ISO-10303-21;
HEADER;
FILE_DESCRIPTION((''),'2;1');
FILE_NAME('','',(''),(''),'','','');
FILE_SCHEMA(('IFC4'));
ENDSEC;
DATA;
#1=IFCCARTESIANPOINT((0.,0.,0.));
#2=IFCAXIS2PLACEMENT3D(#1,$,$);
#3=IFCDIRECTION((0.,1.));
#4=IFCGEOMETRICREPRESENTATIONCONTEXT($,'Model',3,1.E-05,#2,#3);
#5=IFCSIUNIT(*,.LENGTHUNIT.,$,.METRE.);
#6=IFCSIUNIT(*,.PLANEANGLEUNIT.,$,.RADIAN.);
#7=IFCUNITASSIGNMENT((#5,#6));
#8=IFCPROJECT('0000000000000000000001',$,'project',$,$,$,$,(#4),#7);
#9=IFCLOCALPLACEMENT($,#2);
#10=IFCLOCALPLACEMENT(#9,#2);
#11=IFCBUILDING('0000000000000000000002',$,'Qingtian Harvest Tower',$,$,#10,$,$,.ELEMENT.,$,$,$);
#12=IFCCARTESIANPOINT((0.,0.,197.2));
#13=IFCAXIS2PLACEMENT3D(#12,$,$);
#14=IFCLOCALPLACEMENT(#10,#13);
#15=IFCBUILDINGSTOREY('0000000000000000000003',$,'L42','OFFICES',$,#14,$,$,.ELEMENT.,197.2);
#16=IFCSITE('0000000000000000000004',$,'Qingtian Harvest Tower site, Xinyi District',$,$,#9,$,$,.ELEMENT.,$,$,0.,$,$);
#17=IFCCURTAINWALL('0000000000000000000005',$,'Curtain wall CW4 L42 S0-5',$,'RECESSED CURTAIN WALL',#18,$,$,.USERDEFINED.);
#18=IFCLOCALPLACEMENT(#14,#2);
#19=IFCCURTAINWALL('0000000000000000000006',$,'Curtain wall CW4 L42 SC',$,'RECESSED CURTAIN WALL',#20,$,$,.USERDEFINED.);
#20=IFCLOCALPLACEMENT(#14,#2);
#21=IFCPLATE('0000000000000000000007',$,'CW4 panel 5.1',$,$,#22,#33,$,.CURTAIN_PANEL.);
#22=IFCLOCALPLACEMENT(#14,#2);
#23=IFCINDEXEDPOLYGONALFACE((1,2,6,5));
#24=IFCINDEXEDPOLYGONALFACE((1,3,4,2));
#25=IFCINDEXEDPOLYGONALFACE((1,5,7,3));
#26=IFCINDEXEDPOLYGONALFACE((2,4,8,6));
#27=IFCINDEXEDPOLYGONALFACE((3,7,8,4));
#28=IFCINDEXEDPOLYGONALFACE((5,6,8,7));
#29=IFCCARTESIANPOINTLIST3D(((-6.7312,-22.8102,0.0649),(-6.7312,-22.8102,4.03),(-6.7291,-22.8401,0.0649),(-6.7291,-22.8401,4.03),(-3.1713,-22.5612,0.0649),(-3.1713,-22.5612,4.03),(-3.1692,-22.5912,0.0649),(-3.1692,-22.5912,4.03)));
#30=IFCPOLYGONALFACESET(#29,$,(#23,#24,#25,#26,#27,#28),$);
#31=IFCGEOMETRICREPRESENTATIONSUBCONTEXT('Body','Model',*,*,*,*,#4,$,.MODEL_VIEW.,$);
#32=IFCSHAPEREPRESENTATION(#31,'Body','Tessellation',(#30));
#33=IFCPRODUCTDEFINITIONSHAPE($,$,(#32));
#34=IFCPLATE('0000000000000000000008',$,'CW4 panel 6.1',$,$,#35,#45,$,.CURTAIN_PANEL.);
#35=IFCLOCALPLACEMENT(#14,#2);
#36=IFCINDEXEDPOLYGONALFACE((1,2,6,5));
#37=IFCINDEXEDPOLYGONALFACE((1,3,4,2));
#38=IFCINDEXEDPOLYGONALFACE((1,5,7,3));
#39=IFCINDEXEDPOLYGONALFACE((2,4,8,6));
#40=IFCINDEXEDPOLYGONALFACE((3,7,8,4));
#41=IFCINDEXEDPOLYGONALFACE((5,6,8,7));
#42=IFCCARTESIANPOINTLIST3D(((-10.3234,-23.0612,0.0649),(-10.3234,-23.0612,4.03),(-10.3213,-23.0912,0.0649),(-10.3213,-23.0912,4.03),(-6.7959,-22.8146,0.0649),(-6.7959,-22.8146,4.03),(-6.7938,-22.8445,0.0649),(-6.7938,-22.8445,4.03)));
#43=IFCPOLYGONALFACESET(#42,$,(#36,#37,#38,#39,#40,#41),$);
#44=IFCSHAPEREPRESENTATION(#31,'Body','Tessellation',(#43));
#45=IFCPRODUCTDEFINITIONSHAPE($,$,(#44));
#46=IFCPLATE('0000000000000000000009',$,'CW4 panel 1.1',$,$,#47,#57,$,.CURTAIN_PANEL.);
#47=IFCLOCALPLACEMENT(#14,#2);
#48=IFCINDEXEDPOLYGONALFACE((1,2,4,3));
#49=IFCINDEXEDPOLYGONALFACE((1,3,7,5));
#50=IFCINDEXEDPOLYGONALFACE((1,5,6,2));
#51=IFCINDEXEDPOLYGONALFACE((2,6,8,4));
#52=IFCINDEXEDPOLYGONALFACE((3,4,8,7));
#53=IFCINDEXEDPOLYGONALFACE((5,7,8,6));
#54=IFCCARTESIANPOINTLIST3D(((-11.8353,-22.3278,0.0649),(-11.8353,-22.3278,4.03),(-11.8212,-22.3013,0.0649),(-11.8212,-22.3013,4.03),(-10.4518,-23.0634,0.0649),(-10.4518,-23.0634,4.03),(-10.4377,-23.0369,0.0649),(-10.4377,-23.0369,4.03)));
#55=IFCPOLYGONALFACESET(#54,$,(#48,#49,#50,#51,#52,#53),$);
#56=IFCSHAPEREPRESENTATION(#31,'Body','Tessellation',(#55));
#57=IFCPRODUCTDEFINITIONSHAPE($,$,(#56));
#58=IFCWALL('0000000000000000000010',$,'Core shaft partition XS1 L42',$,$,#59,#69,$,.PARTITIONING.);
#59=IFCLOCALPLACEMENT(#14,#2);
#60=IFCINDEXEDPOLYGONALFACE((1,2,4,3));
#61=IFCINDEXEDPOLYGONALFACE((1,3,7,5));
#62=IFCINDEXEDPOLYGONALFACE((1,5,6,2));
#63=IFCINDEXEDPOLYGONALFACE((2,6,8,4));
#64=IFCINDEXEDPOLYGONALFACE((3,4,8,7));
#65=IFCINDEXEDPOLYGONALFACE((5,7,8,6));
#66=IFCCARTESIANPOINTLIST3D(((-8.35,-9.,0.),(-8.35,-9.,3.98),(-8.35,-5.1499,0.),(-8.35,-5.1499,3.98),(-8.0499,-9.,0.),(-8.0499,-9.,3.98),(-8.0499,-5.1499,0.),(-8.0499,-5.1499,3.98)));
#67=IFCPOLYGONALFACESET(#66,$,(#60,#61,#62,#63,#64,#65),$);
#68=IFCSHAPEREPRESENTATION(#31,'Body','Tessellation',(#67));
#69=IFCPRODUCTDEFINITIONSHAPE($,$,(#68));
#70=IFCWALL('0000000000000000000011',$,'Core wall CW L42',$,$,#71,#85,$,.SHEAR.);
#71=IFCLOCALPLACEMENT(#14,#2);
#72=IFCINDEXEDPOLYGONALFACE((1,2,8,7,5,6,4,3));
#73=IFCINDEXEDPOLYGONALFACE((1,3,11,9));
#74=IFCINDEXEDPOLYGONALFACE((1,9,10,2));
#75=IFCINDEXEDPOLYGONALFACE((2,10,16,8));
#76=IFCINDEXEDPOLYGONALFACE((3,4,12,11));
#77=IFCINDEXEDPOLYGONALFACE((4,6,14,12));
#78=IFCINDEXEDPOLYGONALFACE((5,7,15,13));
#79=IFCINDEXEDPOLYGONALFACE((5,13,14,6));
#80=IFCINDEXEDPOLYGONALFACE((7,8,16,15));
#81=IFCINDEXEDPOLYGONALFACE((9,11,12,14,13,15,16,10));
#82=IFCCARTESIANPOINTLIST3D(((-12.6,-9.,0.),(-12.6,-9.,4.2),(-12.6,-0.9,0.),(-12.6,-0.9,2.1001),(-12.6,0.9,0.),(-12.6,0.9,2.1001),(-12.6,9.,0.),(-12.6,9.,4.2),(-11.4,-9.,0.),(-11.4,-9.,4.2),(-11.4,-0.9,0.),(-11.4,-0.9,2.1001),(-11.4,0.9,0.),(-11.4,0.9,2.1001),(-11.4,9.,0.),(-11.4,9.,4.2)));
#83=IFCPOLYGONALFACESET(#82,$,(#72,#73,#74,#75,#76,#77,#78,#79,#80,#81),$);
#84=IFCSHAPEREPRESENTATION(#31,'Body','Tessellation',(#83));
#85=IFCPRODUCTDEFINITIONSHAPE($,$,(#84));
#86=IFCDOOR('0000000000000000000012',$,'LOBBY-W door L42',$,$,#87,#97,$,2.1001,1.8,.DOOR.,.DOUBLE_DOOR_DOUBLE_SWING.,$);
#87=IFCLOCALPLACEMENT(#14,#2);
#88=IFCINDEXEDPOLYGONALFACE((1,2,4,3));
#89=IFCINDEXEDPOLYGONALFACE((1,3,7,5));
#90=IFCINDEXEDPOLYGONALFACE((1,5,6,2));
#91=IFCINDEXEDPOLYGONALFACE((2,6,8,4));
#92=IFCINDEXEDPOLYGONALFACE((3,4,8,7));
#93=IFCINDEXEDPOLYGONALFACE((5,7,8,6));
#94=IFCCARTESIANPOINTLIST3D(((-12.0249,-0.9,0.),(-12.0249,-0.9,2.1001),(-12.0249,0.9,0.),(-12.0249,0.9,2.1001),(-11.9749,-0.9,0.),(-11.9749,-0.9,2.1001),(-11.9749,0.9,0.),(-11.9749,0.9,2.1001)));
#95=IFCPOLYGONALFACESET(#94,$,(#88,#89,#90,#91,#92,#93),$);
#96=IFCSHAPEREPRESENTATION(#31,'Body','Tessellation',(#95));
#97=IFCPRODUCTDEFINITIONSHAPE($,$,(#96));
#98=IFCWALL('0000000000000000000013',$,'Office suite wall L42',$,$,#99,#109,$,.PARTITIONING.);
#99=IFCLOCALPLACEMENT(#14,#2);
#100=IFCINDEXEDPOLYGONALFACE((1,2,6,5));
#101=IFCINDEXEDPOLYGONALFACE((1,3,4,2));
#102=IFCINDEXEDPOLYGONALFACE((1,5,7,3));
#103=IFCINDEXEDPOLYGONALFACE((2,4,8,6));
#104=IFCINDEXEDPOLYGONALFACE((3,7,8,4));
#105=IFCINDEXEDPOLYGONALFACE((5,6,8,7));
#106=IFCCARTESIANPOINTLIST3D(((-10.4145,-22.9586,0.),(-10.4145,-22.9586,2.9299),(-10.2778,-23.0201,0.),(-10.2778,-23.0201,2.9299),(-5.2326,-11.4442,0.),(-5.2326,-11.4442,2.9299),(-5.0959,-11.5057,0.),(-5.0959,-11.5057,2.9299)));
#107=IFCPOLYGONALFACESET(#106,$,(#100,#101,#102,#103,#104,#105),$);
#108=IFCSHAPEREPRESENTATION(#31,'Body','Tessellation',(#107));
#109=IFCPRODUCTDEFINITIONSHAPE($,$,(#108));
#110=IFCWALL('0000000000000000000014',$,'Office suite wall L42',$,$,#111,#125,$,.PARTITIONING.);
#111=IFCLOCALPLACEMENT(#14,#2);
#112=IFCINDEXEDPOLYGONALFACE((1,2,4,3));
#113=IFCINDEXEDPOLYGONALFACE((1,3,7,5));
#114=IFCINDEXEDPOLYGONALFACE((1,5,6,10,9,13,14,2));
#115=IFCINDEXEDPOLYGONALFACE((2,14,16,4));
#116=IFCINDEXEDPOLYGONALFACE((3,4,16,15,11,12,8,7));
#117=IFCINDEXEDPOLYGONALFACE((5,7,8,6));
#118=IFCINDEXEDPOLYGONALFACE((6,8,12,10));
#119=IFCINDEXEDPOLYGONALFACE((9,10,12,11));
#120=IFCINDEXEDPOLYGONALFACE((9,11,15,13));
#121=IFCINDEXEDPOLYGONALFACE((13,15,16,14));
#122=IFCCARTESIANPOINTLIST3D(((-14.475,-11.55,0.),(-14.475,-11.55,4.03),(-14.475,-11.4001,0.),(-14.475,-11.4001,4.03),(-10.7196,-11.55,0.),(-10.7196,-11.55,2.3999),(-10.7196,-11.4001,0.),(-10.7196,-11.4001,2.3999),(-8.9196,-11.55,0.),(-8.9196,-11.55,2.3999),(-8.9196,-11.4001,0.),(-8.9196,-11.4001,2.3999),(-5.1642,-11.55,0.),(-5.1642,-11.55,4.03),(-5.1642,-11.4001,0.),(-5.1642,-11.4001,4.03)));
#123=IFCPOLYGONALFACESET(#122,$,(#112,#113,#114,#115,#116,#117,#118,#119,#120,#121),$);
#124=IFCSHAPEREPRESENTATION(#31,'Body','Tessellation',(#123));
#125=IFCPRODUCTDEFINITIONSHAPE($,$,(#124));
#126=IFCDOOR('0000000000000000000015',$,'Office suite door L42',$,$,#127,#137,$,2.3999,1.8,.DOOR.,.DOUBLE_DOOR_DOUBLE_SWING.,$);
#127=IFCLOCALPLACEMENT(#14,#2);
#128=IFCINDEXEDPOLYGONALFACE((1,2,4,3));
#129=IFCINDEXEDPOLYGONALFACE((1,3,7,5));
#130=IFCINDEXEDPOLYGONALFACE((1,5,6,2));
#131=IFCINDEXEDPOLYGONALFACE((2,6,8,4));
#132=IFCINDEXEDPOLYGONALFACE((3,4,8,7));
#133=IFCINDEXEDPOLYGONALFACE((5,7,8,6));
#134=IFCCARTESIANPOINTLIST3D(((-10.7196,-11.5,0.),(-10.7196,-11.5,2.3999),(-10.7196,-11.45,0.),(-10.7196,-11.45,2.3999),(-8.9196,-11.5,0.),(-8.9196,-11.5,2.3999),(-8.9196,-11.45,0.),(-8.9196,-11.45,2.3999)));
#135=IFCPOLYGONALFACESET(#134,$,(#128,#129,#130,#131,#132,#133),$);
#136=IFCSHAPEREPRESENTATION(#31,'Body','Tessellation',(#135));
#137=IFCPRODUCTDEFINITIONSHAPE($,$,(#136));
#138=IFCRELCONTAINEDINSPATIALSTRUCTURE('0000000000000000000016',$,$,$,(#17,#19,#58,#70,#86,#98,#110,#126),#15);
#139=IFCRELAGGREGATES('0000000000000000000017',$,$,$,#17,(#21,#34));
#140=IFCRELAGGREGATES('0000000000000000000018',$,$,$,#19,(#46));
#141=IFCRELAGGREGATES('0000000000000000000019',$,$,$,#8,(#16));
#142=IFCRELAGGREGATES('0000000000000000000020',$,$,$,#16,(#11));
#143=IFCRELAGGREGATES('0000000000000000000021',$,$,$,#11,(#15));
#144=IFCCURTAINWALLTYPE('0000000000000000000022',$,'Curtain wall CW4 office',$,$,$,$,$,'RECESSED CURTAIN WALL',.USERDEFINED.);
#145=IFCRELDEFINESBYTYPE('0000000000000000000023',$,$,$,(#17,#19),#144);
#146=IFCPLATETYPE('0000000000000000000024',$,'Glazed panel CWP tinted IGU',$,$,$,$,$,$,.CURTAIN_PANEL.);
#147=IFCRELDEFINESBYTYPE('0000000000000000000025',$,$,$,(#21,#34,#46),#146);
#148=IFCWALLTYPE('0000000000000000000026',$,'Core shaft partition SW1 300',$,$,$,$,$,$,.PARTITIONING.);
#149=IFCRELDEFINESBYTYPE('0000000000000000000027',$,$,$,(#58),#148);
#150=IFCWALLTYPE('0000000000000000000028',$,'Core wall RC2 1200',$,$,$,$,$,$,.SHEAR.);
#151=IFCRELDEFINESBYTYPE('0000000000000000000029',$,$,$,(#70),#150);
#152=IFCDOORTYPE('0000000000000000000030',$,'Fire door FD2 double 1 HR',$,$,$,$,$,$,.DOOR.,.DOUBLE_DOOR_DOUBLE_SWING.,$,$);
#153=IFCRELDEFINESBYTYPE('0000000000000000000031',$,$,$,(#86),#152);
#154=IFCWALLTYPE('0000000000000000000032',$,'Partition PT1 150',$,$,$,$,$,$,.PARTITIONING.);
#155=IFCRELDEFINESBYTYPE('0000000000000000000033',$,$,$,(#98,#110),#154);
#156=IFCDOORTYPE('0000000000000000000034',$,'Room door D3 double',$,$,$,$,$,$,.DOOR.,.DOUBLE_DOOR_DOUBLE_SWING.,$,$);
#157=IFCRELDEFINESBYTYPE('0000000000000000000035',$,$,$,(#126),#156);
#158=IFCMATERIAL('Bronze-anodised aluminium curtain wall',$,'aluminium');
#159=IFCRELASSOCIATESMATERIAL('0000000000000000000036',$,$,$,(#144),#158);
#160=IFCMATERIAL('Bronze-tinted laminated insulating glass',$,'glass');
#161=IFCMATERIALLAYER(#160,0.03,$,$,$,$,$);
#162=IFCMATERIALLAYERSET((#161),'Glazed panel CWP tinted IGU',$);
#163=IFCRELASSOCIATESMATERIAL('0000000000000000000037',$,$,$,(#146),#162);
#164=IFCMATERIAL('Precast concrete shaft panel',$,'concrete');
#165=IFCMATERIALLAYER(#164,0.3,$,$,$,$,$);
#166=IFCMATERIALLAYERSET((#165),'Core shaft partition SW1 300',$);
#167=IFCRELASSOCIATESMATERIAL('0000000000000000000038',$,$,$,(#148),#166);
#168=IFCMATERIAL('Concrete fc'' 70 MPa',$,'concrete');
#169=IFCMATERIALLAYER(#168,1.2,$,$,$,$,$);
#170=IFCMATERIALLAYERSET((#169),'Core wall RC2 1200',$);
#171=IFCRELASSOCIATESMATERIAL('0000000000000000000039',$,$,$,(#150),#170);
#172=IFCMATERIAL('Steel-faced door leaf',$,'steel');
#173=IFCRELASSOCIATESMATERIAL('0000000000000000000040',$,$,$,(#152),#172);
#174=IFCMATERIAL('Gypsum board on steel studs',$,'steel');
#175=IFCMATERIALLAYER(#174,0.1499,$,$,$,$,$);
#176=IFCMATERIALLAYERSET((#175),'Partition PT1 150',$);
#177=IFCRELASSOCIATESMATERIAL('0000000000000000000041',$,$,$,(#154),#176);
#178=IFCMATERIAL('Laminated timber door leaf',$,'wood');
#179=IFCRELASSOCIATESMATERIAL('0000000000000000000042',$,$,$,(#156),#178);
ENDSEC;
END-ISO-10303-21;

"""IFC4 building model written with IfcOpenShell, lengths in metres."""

from ifc_helpers import new_model, si_unit, direction, frame, frame_2d, origin, origin_2d, place, context, subcontext, project, spatial, rectangle, extrude, material, layer, layer_set, type_object, element, fill, aggregate, save


model = new_model("IFC4")

# Units and contexts
model_context = context("Model", 3, precision=1e-05, world=origin(), true_north=direction((0.0, 1.0)))
body_context = subcontext(model_context, "Body", "Model", "MODEL_VIEW")
ifc_project = project(units=[si_unit("LENGTHUNIT", "METRE"), si_unit("PLANEANGLEUNIT", "RADIAN")], contexts=[model_context])

# Site, building, storey
site_placement = place(None, origin())
site = spatial("IfcSite", under=ifc_project, at=site_placement, Name="Qingtian Harvest Tower site, Xinyi District", CompositionType="ELEMENT", RefElevation=0.0)
building_placement = place(site_placement, origin())
building = spatial("IfcBuilding", under=site, at=building_placement, Name="Qingtian Harvest Tower", CompositionType="ELEMENT")
storey_placement = place(building_placement, frame((0.0, 0.0, 197.2)))
storey = spatial("IfcBuildingStorey", under=building, at=storey_placement, Name="L42", Description="OFFICES", CompositionType="ELEMENT", Elevation=197.2)

# Curtain walls
ifc_material_1 = material(Name="Bronze-anodised aluminium curtain wall", Category="aluminium")
curtain_wall_type = type_object("IfcCurtainWallType", Name="Curtain wall CW4 office", ElementType="RECESSED CURTAIN WALL", PredefinedType="USERDEFINED", material=ifc_material_1)
curtain_wall_1_placement = place(storey_placement, origin())
curtain_wall_1 = element("IfcCurtainWall", 1, at=curtain_wall_1_placement, inside=storey, type_object=curtain_wall_type, Name="Curtain wall CW4 L42 S0-5", ObjectType="RECESSED CURTAIN WALL", PredefinedType="USERDEFINED")
curtain_wall_2_placement = place(storey_placement, origin())
curtain_wall_2 = element("IfcCurtainWall", 2, at=curtain_wall_2_placement, inside=storey, type_object=curtain_wall_type, Name="Curtain wall CW4 L42 SC", ObjectType="RECESSED CURTAIN WALL", PredefinedType="USERDEFINED")

# Plates
ifc_material_2 = material(Name="Bronze-tinted laminated insulating glass", Category="glass")
ifc_layer_1 = layer(ifc_material_2, 0.03)
ifc_layer_set_1 = layer_set([ifc_layer_1], Name="Glazed panel CWP tinted IGU")
plate_type = type_object("IfcPlateType", Name="Glazed panel CWP tinted IGU", PredefinedType="CURTAIN_PANEL", material=ifc_layer_set_1)
plate_1_placement = place(storey_placement, frame((-4.9502, -22.7007, 0.0649), z_axis=(0.0, 0.0, 1.0), x_axis=(-0.997564, -0.069756, 0.0)))
plate_1 = element("IfcPlate", 3, at=plate_1_placement, type_object=plate_type, Name="CW4 panel 5.1", PredefinedType="CURTAIN_PANEL", context=body_context, shape_type="SweptSolid", body=[
    extrude(rectangle(XDim=3.5686, YDim=0.03, at=origin_2d()), origin(), (0.0, 0.0, 1.0), 3.9651),
])
plate_2_placement = place(storey_placement, frame((-8.5586, -22.9529, 0.0649), z_axis=(0.0, 0.0, 1.0), x_axis=(-0.997564, -0.069756, 0.0)))
plate_2 = element("IfcPlate", 4, at=plate_2_placement, type_object=plate_type, Name="CW4 panel 6.1", PredefinedType="CURTAIN_PANEL", context=body_context, shape_type="SweptSolid", body=[
    extrude(rectangle(XDim=3.5361, YDim=0.03, at=origin_2d()), origin(), (0.0, 0.0, 1.0), 3.9651),
])
aggregate(curtain_wall_1, [plate_1, plate_2])
plate_3_placement = place(storey_placement, frame((-11.1365, -22.6824, 0.0649), z_axis=(0.0, 0.0, 1.0), x_axis=(-0.882948, 0.469472, 0.0)))
plate_3 = element("IfcPlate", 5, at=plate_3_placement, type_object=plate_type, Name="CW4 panel 1.1", PredefinedType="CURTAIN_PANEL", context=body_context, shape_type="SweptSolid", body=[
    extrude(rectangle(XDim=1.5669, YDim=0.03, at=origin_2d()), origin(), (0.0, 0.0, 1.0), 3.9651),
])
aggregate(curtain_wall_2, [plate_3])

# Wall
ifc_material_3 = material(Name="Precast concrete shaft panel", Category="concrete")
ifc_layer_2 = layer(ifc_material_3, 0.3)
ifc_layer_set_2 = layer_set([ifc_layer_2], Name="Core shaft partition SW1 300")
wall_type_1 = type_object("IfcWallType", Name="Core shaft partition SW1 300", PredefinedType="PARTITIONING", material=ifc_layer_set_2)
wall_1_placement = place(storey_placement, frame((-8.2, -9.0, 0.0), z_axis=(0.0, 0.0, 1.0), x_axis=(0.0, 1.0, 0.0)))
element("IfcWall", 6, at=wall_1_placement, inside=storey, type_object=wall_type_1, Name="Core shaft partition XS1 L42", PredefinedType="PARTITIONING", context=body_context, shape_type="SweptSolid", body=[
    extrude(rectangle(XDim=3.8501, YDim=0.3, at=frame_2d((1.925, 0.0))), origin(), (0.0, 0.0, 1.0), 3.98),
])

# Wall, opening, door
ifc_material_4 = material(Name="Concrete fc' 70 MPa", Category="concrete")
ifc_layer_3 = layer(ifc_material_4, 1.2)
ifc_layer_set_3 = layer_set([ifc_layer_3], Name="Core wall RC2 1200")
wall_type_2 = type_object("IfcWallType", Name="Core wall RC2 1200", PredefinedType="SHEAR", material=ifc_layer_set_3)
wall_2_placement = place(storey_placement, frame((-12.0, -9.0, 0.0), z_axis=(0.0, 0.0, 1.0), x_axis=(0.0, 1.0, 0.0)))
wall_2 = element("IfcWall", 7, at=wall_2_placement, inside=storey, type_object=wall_type_2, Name="Core wall CW L42", PredefinedType="SHEAR", context=body_context, shape_type="SweptSolid", body=[
    extrude(rectangle(XDim=18.0, YDim=1.2, at=frame_2d((9.0, 0.0))), origin(), (0.0, 0.0, 1.0), 4.2),
])
opening_1_placement = place(wall_2_placement, frame((8.1001, 0.0, 0.0)))
opening_1 = element("IfcOpeningElement", 8, at=opening_1_placement, cuts=wall_2, PredefinedType="OPENING", context=body_context, shape_type="SweptSolid", body=[
    extrude(rectangle(XDim=1.8, YDim=2.1001, at=frame_2d((0.8999, 1.05))), frame((0.0, 0.6099, 0.0), z_axis=(0.0, -1.0, 0.0), x_axis=(1.0, 0.0, 0.0)), (0.0, 0.0, 1.0), 1.22),
])
ifc_material_5 = material(Name="Steel-faced door leaf", Category="steel")
door_type_1 = type_object("IfcDoorType", Name="Fire door FD2 double 1 HR", OperationType="DOUBLE_DOOR_DOUBLE_SWING", PredefinedType="DOOR", material=ifc_material_5)
door_1_placement = place(opening_1_placement, origin())
door_1 = element("IfcDoor", 9, at=door_1_placement, inside=storey, type_object=door_type_1, Name="LOBBY-W door L42", OperationType="DOUBLE_DOOR_DOUBLE_SWING", OverallHeight=2.1001, OverallWidth=1.8, PredefinedType="DOOR", context=body_context, shape_type="SweptSolid", body=[
    extrude(rectangle(XDim=1.8, YDim=2.1001, at=frame_2d((0.8999, 1.05))), frame((0.0, 0.0249, 0.0), z_axis=(0.0, -1.0, 0.0), x_axis=(1.0, 0.0, 0.0)), (0.0, 0.0, 1.0), 0.05),
])
fill(opening_1, door_1)

# Wall
ifc_material_6 = material(Name="Gypsum board on steel studs", Category="steel")
ifc_layer_4 = layer(ifc_material_6, 0.1499)
ifc_layer_set_4 = layer_set([ifc_layer_4], Name="Partition PT1 150")
wall_type_3 = type_object("IfcWallType", Name="Partition PT1 150", PredefinedType="PARTITIONING", material=ifc_layer_set_4)
wall_3_placement = place(storey_placement, frame((-10.3462, -22.9895, 0.0), z_axis=(0.0, 0.0, 1.0), x_axis=(0.410391, 0.91191, 0.0)))
element("IfcWall", 10, at=wall_3_placement, inside=storey, type_object=wall_type_3, Name="Office suite wall L42", PredefinedType="PARTITIONING", context=body_context, shape_type="SweptSolid", body=[
    extrude(rectangle(XDim=12.6267, YDim=0.1499, at=frame_2d((6.3135, 0.0))), origin(), (0.0, 0.0, 1.0), 2.9299),
])

# Wall, opening, door
wall_4_placement = place(storey_placement, frame((-5.1643, -11.4751, 0.0), z_axis=(0.0, 0.0, 1.0), x_axis=(-1.0, 0.0, 0.0)))
wall_4 = element("IfcWall", 11, at=wall_4_placement, inside=storey, type_object=wall_type_3, Name="Office suite wall L42", PredefinedType="PARTITIONING", context=body_context, shape_type="SweptSolid", body=[
    extrude(rectangle(XDim=9.3108, YDim=0.1499, at=frame_2d((4.6553, 0.0))), origin(), (0.0, 0.0, 1.0), 4.03),
])
opening_2_placement = place(wall_4_placement, frame((3.7554, 0.0, 0.0)))
opening_2 = element("IfcOpeningElement", 12, at=opening_2_placement, cuts=wall_4, PredefinedType="OPENING", context=body_context, shape_type="SweptSolid", body=[
    extrude(rectangle(XDim=1.8, YDim=2.3999, at=frame_2d((0.8999, 1.2))), frame((0.0, 0.085, 0.0), z_axis=(0.0, -1.0, 0.0), x_axis=(1.0, 0.0, 0.0)), (0.0, 0.0, 1.0), 0.1699),
])
ifc_material_7 = material(Name="Laminated timber door leaf", Category="wood")
door_type_2 = type_object("IfcDoorType", Name="Room door D3 double", OperationType="DOUBLE_DOOR_DOUBLE_SWING", PredefinedType="DOOR", material=ifc_material_7)
door_2_placement = place(opening_2_placement, origin())
door_2 = element("IfcDoor", 13, at=door_2_placement, inside=storey, type_object=door_type_2, Name="Office suite door L42", OperationType="DOUBLE_DOOR_DOUBLE_SWING", OverallHeight=2.3999, OverallWidth=1.8, PredefinedType="DOOR", context=body_context, shape_type="SweptSolid", body=[
    extrude(rectangle(XDim=1.8, YDim=2.3999, at=frame_2d((0.8999, 1.2))), frame((0.0, 0.0249, 0.0), z_axis=(0.0, -1.0, 0.0), x_axis=(1.0, 0.0, 0.0)), (0.0, 0.0, 1.0), 0.05),
])
fill(opening_2, door_2)

save(model, "model.ifc")
